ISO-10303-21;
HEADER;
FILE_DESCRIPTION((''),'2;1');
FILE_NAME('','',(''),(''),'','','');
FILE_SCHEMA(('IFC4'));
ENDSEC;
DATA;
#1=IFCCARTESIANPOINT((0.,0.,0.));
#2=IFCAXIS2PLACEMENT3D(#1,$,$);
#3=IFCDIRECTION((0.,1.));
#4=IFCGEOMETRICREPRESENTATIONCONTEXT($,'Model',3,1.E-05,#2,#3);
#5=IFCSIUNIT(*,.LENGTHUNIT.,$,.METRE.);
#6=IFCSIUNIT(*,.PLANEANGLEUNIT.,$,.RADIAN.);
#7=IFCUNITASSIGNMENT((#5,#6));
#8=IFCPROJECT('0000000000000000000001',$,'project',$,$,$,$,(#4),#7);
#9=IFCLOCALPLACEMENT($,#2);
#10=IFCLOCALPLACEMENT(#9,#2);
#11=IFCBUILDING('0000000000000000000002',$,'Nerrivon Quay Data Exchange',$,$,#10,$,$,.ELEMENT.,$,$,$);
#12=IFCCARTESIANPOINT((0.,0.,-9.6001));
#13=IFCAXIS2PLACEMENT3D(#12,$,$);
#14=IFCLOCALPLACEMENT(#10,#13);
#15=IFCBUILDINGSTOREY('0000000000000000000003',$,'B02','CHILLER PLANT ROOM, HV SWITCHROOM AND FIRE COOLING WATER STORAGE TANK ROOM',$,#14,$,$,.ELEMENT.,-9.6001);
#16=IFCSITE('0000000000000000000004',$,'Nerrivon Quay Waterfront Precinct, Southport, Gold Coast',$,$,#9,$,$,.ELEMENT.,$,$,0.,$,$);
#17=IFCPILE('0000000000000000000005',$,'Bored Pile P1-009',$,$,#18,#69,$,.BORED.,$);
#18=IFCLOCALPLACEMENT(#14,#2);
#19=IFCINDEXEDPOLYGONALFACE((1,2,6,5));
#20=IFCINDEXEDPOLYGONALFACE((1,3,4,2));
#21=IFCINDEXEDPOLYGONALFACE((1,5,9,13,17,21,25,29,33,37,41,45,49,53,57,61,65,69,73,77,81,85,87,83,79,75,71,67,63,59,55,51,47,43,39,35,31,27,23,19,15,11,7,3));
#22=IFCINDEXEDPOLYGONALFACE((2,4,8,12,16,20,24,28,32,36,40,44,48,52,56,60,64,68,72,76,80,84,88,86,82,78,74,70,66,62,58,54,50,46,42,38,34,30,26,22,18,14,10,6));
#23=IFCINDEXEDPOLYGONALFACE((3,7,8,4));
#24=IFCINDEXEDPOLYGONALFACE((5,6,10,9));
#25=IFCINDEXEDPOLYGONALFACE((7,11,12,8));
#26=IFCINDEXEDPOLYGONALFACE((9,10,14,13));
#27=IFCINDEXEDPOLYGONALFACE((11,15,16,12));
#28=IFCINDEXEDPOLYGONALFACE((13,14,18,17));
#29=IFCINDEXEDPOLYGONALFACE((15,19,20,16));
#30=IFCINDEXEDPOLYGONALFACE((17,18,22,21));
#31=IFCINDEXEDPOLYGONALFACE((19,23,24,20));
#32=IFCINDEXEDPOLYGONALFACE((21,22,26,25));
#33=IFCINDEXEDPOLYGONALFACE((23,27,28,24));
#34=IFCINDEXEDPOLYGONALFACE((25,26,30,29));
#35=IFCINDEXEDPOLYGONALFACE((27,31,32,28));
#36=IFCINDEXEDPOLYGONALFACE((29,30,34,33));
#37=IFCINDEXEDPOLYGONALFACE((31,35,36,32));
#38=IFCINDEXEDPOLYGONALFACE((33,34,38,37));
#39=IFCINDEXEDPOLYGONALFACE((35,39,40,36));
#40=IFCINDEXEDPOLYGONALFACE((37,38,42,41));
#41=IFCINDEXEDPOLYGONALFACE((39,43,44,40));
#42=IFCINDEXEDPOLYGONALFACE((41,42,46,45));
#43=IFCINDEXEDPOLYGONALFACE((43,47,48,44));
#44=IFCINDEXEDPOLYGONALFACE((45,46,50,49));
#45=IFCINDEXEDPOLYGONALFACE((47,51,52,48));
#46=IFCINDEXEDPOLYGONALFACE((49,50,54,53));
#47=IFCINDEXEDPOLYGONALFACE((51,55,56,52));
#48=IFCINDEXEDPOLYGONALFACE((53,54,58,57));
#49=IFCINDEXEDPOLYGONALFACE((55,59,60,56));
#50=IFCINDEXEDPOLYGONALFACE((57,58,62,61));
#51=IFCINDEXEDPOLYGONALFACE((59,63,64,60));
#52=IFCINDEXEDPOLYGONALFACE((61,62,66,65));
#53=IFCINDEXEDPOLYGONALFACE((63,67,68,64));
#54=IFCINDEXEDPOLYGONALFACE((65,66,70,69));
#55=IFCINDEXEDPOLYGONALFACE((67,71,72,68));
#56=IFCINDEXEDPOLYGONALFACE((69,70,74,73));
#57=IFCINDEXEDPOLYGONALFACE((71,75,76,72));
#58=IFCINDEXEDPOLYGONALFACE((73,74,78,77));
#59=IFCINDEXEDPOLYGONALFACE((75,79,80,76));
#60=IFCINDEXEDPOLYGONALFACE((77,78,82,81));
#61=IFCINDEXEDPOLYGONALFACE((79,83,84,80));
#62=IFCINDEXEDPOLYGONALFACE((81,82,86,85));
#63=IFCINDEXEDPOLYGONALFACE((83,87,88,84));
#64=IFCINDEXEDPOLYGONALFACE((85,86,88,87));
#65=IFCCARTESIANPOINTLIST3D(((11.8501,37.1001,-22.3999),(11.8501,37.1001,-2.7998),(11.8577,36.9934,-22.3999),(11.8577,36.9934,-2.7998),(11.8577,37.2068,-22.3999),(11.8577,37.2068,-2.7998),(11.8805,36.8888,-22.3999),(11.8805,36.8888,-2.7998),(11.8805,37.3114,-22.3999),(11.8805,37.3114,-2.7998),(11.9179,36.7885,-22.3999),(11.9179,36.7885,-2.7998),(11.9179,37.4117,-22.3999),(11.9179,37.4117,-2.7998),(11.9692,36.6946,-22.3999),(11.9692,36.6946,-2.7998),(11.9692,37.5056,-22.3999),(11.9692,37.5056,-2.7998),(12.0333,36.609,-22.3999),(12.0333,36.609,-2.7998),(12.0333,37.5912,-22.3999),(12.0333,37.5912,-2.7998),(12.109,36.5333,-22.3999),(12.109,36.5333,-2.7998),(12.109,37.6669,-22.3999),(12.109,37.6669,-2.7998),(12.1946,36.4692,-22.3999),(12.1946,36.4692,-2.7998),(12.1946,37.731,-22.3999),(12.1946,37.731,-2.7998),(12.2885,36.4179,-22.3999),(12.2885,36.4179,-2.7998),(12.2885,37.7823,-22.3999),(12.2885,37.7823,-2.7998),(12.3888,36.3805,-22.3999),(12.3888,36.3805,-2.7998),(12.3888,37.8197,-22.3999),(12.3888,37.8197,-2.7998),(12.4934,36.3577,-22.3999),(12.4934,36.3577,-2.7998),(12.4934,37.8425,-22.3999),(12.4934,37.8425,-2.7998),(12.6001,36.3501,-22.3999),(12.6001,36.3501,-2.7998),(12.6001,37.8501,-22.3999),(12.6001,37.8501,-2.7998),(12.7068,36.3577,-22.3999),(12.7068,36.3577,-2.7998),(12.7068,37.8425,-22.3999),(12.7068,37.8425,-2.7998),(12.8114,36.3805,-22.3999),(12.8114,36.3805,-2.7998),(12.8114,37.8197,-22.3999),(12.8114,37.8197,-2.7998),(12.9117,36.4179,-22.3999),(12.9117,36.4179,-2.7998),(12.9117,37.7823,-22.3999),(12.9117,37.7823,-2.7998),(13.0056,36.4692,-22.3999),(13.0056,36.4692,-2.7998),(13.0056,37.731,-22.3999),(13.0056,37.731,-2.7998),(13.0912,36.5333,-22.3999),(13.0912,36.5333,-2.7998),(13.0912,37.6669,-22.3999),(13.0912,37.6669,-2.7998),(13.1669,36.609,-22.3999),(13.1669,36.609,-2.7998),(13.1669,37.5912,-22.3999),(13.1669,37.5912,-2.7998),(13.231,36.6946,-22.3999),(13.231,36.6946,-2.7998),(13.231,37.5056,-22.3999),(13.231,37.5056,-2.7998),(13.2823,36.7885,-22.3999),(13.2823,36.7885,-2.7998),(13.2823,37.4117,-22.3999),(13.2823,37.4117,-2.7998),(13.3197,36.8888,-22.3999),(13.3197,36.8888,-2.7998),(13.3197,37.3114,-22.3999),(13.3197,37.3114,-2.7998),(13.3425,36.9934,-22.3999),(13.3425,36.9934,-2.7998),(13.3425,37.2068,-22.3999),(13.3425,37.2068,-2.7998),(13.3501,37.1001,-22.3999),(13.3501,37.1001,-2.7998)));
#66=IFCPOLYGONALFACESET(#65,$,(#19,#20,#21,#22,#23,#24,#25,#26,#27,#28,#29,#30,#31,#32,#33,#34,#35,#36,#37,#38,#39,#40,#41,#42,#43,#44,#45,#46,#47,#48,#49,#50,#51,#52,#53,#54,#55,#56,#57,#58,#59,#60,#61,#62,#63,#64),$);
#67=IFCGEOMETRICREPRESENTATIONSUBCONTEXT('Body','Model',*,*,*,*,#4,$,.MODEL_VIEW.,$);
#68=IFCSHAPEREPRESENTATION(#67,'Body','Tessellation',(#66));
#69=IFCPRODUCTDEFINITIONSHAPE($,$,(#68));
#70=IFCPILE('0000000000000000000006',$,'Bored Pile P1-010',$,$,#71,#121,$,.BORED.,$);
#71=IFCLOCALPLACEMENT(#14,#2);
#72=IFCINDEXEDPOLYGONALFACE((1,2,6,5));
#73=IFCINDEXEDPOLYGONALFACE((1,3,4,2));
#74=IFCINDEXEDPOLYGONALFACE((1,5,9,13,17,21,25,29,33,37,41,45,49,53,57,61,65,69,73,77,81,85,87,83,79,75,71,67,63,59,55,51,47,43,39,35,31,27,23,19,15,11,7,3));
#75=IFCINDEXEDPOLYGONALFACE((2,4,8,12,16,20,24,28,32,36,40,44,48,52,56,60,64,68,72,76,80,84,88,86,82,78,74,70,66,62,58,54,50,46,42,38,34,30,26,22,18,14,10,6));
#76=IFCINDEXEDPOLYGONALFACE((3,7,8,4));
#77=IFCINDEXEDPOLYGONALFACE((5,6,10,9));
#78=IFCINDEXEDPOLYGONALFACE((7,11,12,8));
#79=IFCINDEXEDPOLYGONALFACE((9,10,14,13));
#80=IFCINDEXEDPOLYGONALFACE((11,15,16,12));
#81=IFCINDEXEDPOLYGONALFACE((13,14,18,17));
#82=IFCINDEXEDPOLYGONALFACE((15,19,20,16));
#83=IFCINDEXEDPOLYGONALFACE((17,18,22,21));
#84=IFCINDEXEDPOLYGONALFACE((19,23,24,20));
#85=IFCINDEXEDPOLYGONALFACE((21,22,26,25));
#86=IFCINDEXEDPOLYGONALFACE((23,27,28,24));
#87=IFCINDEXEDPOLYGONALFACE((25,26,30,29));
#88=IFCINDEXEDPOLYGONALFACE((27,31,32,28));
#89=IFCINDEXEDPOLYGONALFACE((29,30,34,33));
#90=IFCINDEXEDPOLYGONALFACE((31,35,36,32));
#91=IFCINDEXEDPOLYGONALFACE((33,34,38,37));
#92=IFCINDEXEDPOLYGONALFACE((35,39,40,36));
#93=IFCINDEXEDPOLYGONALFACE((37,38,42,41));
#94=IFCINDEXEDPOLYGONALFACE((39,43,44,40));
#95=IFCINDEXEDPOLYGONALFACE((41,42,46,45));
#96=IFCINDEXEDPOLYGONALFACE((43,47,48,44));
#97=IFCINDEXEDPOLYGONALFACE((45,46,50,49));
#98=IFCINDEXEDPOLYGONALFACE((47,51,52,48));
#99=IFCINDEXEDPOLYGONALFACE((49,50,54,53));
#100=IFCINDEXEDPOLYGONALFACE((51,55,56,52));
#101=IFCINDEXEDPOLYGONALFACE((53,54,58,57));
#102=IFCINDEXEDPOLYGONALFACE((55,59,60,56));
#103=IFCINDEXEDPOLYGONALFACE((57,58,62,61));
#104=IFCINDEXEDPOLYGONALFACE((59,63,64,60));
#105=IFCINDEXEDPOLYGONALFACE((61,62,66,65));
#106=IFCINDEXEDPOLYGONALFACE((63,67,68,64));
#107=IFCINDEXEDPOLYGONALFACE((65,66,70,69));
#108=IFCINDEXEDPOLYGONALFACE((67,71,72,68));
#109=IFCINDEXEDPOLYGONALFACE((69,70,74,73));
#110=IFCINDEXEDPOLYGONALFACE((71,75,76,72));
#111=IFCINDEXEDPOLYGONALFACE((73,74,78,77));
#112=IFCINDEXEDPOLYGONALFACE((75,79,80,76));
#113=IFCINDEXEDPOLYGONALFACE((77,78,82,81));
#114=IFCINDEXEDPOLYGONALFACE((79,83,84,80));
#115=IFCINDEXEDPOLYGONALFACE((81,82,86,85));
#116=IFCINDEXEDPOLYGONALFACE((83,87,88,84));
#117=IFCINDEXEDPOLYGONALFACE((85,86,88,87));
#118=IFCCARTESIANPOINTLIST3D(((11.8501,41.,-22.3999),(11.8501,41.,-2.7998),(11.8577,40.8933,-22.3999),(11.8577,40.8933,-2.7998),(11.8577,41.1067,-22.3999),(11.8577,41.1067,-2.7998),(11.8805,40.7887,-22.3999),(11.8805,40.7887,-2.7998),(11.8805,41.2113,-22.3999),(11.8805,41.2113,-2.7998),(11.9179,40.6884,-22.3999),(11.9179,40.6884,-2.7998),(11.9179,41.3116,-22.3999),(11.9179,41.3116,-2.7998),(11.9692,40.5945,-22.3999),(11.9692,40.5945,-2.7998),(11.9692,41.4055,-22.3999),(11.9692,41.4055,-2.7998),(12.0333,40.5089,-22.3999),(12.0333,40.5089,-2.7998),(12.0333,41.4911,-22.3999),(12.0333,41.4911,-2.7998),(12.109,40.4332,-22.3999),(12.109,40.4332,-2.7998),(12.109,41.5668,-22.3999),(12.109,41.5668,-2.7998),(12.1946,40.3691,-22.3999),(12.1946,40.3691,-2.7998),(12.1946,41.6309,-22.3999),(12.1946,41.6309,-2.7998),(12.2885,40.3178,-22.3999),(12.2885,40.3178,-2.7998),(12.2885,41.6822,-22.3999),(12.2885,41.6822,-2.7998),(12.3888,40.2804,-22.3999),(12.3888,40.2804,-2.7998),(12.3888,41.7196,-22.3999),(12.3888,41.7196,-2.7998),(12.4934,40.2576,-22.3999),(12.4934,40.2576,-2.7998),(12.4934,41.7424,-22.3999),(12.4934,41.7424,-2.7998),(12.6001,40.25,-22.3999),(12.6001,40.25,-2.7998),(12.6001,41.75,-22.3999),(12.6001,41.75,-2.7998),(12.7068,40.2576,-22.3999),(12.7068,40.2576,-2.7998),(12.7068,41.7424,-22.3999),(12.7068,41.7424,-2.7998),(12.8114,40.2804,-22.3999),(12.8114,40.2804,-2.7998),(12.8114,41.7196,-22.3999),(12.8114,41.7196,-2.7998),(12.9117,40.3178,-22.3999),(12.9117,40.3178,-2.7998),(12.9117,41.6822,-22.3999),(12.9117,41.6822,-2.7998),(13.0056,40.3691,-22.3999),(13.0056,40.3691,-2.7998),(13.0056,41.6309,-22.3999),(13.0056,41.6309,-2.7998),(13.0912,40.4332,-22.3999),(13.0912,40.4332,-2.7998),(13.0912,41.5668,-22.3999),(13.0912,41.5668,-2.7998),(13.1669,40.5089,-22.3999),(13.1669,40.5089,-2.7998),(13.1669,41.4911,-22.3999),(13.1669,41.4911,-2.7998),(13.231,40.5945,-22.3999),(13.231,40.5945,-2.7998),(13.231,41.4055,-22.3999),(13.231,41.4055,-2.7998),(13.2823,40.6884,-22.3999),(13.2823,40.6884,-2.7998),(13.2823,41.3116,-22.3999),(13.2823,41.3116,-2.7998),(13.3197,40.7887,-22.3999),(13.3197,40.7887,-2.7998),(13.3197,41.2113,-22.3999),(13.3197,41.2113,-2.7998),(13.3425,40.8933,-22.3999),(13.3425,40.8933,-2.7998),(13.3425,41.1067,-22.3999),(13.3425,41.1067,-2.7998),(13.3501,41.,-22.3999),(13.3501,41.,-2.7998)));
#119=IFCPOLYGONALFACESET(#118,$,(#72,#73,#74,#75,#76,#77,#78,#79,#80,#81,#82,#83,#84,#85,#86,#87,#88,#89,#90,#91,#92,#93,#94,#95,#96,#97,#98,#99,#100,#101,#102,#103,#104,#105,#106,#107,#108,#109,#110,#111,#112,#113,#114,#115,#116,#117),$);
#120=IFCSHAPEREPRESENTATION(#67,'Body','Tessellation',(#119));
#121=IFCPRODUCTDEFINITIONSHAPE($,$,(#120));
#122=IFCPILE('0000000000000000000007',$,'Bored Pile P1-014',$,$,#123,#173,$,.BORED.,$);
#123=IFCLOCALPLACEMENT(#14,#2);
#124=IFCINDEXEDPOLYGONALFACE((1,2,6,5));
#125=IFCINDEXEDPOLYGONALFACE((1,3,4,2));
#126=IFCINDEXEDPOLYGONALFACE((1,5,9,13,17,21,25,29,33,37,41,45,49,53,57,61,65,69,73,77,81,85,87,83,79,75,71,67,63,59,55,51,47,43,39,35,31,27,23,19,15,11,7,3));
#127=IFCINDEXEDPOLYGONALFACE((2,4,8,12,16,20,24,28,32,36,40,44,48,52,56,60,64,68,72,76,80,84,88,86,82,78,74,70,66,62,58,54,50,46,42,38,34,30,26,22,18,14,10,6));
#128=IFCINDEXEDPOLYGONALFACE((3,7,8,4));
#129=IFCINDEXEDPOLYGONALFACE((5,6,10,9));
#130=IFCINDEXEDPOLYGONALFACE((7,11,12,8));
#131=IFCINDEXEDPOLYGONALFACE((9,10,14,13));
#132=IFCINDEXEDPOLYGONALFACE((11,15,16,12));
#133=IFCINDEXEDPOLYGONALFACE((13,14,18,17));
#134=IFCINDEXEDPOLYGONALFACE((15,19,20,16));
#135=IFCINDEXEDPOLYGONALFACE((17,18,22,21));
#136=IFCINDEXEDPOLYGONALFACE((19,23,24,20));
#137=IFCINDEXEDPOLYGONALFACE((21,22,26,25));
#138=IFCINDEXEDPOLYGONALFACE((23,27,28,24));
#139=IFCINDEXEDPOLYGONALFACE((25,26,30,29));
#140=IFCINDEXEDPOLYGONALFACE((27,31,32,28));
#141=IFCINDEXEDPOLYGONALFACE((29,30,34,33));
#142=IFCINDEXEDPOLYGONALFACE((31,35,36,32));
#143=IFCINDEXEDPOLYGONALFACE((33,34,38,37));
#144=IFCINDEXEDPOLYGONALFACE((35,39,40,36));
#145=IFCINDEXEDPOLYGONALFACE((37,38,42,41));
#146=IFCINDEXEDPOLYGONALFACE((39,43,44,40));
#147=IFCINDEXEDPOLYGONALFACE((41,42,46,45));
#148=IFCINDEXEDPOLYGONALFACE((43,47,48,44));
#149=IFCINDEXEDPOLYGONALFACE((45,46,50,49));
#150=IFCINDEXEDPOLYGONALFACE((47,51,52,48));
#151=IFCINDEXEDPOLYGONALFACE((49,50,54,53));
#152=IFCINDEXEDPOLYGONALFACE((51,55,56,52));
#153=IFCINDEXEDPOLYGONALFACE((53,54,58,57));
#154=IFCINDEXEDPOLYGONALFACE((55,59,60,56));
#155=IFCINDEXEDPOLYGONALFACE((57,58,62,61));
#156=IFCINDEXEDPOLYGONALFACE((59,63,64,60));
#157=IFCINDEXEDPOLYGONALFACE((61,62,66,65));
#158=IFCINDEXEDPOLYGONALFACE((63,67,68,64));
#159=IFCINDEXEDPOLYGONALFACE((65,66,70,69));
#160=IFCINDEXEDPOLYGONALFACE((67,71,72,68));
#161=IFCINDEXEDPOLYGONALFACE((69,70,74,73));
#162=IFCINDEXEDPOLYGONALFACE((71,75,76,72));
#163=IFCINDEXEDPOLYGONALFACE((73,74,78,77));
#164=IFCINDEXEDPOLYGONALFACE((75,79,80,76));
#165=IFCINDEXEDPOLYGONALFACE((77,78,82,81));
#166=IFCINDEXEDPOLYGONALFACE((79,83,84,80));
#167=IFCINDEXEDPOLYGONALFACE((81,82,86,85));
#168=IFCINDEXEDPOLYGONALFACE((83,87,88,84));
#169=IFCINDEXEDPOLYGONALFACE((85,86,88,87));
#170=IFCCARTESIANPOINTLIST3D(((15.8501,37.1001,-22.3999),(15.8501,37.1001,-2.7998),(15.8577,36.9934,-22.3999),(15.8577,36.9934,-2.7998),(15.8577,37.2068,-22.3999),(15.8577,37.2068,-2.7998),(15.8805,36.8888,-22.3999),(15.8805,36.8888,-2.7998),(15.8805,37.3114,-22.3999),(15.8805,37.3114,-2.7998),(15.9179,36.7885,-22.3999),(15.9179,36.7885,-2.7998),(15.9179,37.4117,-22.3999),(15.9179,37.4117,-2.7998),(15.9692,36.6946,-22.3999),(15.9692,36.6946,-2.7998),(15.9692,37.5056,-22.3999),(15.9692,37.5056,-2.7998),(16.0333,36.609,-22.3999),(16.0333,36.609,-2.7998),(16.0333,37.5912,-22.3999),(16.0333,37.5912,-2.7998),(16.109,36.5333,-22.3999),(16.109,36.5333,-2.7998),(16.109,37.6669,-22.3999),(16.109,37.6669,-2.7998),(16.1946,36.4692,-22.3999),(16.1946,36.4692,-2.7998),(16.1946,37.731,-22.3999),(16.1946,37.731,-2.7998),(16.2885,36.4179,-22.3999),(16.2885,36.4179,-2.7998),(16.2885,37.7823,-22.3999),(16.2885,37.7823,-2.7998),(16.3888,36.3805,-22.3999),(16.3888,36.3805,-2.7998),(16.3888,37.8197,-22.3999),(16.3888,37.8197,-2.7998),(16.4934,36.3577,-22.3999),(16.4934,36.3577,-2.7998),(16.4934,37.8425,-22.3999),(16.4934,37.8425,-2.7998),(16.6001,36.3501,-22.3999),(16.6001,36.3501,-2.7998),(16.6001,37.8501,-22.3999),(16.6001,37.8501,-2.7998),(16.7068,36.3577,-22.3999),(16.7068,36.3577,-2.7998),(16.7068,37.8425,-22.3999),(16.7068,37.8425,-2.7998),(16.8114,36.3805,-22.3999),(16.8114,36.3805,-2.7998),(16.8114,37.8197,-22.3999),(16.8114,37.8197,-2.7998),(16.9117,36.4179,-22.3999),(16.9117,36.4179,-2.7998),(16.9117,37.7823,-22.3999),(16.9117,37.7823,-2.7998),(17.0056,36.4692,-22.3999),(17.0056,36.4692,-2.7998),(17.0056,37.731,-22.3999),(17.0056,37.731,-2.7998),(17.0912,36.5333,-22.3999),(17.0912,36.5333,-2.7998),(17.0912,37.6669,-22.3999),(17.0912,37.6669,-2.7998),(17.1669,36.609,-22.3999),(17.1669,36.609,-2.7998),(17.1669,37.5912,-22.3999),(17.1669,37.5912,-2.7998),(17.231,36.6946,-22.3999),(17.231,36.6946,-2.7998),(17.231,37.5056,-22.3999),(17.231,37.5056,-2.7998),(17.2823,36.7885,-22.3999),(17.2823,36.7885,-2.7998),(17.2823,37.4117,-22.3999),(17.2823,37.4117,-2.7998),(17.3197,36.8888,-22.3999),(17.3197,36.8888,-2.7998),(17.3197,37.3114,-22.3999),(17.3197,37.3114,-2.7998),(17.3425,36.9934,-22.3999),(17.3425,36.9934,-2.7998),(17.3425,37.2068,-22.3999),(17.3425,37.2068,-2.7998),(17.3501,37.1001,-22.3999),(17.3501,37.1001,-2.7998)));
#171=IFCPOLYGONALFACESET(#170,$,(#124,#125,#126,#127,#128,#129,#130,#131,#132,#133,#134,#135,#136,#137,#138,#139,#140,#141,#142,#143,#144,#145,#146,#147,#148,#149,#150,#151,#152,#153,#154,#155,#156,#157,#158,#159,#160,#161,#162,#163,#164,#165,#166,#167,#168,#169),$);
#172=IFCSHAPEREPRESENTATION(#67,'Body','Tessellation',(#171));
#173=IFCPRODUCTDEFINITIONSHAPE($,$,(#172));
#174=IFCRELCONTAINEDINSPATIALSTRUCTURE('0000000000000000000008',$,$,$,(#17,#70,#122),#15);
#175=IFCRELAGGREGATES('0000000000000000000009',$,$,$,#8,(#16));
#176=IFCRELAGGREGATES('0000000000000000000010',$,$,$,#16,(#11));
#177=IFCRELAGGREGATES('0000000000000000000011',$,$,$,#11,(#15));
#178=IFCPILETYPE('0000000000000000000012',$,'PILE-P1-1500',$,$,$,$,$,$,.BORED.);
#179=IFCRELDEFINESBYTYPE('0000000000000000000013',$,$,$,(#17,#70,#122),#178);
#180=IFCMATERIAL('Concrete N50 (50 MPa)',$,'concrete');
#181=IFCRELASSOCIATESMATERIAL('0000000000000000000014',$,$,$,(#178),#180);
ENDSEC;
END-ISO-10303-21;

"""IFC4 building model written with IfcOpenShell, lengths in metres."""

from ifc_helpers import new_model, si_unit, direction, frame, origin, origin_2d, place, context, subcontext, project, spatial, circle, extrude, material, material_profile, profile_set, type_object, element, save


model = new_model("IFC4")

# Units and contexts
model_context = context("Model", 3, precision=1e-05, world=origin(), true_north=direction((0.0, 1.0)))
body_context = subcontext(model_context, "Body", "Model", "MODEL_VIEW")
ifc_project = project(units=[si_unit("LENGTHUNIT", "METRE"), si_unit("PLANEANGLEUNIT", "RADIAN")], contexts=[model_context])

# Site, building, storey
site_placement = place(None, origin())
site = spatial("IfcSite", under=ifc_project, at=site_placement, Name="Nerrivon Quay Waterfront Precinct, Southport, Gold Coast", CompositionType="ELEMENT", RefElevation=0.0)
building_placement = place(site_placement, origin())
building = spatial("IfcBuilding", under=site, at=building_placement, Name="Nerrivon Quay Data Exchange", CompositionType="ELEMENT")
storey_placement = place(building_placement, frame((0.0, 0.0, -9.6001)))
storey = spatial("IfcBuildingStorey", under=building, at=storey_placement, Name="B02", Description="CHILLER PLANT ROOM, HV SWITCHROOM AND FIRE COOLING WATER STORAGE TANK ROOM", CompositionType="ELEMENT", Elevation=-9.6001)

# Piles
ifc_material_1 = material(Name="Concrete N50 (50 MPa)", Category="concrete")
ifc_material_profile_1 = material_profile(ifc_material_1, circle(Radius=0.75, at=origin_2d()), Name="PILE-1500")
ifc_profile_set_1 = profile_set([ifc_material_profile_1], Name="Concrete N50 (50 MPa)")
pile_type_1 = type_object("IfcPileType", Name="PILE-P1-1500", PredefinedType="BORED", material=ifc_profile_set_1)
for number, where, z_axis, x_axis, name in (
    (1, (12.6001, 37.1001, -2.7998), (0.0, 0.0, -1.0), (1.0, 0.0, 0.0), "Bored Pile P1-009"),
    (2, (12.6001, 41.0, -2.7998), (0.0, 0.0, -1.0), (1.0, 0.0, 0.0), "Bored Pile P1-010"),
    (3, (16.6001, 37.1001, -2.7998), (0.0, 0.0, -1.0), (1.0, 0.0, 0.0), "Bored Pile P1-014"),
):
    element("IfcPile", number, at=place(storey_placement, frame(where, z_axis=z_axis, x_axis=x_axis)), inside=storey, type_object=pile_type_1, Name=name, PredefinedType="BORED", context=body_context, shape_type="SweptSolid", body=[
        extrude(circle(Radius=0.75, at=origin_2d()), origin(), (0.0, 0.0, 1.0), 19.6001),
    ])

save(model, "model.ifc")
